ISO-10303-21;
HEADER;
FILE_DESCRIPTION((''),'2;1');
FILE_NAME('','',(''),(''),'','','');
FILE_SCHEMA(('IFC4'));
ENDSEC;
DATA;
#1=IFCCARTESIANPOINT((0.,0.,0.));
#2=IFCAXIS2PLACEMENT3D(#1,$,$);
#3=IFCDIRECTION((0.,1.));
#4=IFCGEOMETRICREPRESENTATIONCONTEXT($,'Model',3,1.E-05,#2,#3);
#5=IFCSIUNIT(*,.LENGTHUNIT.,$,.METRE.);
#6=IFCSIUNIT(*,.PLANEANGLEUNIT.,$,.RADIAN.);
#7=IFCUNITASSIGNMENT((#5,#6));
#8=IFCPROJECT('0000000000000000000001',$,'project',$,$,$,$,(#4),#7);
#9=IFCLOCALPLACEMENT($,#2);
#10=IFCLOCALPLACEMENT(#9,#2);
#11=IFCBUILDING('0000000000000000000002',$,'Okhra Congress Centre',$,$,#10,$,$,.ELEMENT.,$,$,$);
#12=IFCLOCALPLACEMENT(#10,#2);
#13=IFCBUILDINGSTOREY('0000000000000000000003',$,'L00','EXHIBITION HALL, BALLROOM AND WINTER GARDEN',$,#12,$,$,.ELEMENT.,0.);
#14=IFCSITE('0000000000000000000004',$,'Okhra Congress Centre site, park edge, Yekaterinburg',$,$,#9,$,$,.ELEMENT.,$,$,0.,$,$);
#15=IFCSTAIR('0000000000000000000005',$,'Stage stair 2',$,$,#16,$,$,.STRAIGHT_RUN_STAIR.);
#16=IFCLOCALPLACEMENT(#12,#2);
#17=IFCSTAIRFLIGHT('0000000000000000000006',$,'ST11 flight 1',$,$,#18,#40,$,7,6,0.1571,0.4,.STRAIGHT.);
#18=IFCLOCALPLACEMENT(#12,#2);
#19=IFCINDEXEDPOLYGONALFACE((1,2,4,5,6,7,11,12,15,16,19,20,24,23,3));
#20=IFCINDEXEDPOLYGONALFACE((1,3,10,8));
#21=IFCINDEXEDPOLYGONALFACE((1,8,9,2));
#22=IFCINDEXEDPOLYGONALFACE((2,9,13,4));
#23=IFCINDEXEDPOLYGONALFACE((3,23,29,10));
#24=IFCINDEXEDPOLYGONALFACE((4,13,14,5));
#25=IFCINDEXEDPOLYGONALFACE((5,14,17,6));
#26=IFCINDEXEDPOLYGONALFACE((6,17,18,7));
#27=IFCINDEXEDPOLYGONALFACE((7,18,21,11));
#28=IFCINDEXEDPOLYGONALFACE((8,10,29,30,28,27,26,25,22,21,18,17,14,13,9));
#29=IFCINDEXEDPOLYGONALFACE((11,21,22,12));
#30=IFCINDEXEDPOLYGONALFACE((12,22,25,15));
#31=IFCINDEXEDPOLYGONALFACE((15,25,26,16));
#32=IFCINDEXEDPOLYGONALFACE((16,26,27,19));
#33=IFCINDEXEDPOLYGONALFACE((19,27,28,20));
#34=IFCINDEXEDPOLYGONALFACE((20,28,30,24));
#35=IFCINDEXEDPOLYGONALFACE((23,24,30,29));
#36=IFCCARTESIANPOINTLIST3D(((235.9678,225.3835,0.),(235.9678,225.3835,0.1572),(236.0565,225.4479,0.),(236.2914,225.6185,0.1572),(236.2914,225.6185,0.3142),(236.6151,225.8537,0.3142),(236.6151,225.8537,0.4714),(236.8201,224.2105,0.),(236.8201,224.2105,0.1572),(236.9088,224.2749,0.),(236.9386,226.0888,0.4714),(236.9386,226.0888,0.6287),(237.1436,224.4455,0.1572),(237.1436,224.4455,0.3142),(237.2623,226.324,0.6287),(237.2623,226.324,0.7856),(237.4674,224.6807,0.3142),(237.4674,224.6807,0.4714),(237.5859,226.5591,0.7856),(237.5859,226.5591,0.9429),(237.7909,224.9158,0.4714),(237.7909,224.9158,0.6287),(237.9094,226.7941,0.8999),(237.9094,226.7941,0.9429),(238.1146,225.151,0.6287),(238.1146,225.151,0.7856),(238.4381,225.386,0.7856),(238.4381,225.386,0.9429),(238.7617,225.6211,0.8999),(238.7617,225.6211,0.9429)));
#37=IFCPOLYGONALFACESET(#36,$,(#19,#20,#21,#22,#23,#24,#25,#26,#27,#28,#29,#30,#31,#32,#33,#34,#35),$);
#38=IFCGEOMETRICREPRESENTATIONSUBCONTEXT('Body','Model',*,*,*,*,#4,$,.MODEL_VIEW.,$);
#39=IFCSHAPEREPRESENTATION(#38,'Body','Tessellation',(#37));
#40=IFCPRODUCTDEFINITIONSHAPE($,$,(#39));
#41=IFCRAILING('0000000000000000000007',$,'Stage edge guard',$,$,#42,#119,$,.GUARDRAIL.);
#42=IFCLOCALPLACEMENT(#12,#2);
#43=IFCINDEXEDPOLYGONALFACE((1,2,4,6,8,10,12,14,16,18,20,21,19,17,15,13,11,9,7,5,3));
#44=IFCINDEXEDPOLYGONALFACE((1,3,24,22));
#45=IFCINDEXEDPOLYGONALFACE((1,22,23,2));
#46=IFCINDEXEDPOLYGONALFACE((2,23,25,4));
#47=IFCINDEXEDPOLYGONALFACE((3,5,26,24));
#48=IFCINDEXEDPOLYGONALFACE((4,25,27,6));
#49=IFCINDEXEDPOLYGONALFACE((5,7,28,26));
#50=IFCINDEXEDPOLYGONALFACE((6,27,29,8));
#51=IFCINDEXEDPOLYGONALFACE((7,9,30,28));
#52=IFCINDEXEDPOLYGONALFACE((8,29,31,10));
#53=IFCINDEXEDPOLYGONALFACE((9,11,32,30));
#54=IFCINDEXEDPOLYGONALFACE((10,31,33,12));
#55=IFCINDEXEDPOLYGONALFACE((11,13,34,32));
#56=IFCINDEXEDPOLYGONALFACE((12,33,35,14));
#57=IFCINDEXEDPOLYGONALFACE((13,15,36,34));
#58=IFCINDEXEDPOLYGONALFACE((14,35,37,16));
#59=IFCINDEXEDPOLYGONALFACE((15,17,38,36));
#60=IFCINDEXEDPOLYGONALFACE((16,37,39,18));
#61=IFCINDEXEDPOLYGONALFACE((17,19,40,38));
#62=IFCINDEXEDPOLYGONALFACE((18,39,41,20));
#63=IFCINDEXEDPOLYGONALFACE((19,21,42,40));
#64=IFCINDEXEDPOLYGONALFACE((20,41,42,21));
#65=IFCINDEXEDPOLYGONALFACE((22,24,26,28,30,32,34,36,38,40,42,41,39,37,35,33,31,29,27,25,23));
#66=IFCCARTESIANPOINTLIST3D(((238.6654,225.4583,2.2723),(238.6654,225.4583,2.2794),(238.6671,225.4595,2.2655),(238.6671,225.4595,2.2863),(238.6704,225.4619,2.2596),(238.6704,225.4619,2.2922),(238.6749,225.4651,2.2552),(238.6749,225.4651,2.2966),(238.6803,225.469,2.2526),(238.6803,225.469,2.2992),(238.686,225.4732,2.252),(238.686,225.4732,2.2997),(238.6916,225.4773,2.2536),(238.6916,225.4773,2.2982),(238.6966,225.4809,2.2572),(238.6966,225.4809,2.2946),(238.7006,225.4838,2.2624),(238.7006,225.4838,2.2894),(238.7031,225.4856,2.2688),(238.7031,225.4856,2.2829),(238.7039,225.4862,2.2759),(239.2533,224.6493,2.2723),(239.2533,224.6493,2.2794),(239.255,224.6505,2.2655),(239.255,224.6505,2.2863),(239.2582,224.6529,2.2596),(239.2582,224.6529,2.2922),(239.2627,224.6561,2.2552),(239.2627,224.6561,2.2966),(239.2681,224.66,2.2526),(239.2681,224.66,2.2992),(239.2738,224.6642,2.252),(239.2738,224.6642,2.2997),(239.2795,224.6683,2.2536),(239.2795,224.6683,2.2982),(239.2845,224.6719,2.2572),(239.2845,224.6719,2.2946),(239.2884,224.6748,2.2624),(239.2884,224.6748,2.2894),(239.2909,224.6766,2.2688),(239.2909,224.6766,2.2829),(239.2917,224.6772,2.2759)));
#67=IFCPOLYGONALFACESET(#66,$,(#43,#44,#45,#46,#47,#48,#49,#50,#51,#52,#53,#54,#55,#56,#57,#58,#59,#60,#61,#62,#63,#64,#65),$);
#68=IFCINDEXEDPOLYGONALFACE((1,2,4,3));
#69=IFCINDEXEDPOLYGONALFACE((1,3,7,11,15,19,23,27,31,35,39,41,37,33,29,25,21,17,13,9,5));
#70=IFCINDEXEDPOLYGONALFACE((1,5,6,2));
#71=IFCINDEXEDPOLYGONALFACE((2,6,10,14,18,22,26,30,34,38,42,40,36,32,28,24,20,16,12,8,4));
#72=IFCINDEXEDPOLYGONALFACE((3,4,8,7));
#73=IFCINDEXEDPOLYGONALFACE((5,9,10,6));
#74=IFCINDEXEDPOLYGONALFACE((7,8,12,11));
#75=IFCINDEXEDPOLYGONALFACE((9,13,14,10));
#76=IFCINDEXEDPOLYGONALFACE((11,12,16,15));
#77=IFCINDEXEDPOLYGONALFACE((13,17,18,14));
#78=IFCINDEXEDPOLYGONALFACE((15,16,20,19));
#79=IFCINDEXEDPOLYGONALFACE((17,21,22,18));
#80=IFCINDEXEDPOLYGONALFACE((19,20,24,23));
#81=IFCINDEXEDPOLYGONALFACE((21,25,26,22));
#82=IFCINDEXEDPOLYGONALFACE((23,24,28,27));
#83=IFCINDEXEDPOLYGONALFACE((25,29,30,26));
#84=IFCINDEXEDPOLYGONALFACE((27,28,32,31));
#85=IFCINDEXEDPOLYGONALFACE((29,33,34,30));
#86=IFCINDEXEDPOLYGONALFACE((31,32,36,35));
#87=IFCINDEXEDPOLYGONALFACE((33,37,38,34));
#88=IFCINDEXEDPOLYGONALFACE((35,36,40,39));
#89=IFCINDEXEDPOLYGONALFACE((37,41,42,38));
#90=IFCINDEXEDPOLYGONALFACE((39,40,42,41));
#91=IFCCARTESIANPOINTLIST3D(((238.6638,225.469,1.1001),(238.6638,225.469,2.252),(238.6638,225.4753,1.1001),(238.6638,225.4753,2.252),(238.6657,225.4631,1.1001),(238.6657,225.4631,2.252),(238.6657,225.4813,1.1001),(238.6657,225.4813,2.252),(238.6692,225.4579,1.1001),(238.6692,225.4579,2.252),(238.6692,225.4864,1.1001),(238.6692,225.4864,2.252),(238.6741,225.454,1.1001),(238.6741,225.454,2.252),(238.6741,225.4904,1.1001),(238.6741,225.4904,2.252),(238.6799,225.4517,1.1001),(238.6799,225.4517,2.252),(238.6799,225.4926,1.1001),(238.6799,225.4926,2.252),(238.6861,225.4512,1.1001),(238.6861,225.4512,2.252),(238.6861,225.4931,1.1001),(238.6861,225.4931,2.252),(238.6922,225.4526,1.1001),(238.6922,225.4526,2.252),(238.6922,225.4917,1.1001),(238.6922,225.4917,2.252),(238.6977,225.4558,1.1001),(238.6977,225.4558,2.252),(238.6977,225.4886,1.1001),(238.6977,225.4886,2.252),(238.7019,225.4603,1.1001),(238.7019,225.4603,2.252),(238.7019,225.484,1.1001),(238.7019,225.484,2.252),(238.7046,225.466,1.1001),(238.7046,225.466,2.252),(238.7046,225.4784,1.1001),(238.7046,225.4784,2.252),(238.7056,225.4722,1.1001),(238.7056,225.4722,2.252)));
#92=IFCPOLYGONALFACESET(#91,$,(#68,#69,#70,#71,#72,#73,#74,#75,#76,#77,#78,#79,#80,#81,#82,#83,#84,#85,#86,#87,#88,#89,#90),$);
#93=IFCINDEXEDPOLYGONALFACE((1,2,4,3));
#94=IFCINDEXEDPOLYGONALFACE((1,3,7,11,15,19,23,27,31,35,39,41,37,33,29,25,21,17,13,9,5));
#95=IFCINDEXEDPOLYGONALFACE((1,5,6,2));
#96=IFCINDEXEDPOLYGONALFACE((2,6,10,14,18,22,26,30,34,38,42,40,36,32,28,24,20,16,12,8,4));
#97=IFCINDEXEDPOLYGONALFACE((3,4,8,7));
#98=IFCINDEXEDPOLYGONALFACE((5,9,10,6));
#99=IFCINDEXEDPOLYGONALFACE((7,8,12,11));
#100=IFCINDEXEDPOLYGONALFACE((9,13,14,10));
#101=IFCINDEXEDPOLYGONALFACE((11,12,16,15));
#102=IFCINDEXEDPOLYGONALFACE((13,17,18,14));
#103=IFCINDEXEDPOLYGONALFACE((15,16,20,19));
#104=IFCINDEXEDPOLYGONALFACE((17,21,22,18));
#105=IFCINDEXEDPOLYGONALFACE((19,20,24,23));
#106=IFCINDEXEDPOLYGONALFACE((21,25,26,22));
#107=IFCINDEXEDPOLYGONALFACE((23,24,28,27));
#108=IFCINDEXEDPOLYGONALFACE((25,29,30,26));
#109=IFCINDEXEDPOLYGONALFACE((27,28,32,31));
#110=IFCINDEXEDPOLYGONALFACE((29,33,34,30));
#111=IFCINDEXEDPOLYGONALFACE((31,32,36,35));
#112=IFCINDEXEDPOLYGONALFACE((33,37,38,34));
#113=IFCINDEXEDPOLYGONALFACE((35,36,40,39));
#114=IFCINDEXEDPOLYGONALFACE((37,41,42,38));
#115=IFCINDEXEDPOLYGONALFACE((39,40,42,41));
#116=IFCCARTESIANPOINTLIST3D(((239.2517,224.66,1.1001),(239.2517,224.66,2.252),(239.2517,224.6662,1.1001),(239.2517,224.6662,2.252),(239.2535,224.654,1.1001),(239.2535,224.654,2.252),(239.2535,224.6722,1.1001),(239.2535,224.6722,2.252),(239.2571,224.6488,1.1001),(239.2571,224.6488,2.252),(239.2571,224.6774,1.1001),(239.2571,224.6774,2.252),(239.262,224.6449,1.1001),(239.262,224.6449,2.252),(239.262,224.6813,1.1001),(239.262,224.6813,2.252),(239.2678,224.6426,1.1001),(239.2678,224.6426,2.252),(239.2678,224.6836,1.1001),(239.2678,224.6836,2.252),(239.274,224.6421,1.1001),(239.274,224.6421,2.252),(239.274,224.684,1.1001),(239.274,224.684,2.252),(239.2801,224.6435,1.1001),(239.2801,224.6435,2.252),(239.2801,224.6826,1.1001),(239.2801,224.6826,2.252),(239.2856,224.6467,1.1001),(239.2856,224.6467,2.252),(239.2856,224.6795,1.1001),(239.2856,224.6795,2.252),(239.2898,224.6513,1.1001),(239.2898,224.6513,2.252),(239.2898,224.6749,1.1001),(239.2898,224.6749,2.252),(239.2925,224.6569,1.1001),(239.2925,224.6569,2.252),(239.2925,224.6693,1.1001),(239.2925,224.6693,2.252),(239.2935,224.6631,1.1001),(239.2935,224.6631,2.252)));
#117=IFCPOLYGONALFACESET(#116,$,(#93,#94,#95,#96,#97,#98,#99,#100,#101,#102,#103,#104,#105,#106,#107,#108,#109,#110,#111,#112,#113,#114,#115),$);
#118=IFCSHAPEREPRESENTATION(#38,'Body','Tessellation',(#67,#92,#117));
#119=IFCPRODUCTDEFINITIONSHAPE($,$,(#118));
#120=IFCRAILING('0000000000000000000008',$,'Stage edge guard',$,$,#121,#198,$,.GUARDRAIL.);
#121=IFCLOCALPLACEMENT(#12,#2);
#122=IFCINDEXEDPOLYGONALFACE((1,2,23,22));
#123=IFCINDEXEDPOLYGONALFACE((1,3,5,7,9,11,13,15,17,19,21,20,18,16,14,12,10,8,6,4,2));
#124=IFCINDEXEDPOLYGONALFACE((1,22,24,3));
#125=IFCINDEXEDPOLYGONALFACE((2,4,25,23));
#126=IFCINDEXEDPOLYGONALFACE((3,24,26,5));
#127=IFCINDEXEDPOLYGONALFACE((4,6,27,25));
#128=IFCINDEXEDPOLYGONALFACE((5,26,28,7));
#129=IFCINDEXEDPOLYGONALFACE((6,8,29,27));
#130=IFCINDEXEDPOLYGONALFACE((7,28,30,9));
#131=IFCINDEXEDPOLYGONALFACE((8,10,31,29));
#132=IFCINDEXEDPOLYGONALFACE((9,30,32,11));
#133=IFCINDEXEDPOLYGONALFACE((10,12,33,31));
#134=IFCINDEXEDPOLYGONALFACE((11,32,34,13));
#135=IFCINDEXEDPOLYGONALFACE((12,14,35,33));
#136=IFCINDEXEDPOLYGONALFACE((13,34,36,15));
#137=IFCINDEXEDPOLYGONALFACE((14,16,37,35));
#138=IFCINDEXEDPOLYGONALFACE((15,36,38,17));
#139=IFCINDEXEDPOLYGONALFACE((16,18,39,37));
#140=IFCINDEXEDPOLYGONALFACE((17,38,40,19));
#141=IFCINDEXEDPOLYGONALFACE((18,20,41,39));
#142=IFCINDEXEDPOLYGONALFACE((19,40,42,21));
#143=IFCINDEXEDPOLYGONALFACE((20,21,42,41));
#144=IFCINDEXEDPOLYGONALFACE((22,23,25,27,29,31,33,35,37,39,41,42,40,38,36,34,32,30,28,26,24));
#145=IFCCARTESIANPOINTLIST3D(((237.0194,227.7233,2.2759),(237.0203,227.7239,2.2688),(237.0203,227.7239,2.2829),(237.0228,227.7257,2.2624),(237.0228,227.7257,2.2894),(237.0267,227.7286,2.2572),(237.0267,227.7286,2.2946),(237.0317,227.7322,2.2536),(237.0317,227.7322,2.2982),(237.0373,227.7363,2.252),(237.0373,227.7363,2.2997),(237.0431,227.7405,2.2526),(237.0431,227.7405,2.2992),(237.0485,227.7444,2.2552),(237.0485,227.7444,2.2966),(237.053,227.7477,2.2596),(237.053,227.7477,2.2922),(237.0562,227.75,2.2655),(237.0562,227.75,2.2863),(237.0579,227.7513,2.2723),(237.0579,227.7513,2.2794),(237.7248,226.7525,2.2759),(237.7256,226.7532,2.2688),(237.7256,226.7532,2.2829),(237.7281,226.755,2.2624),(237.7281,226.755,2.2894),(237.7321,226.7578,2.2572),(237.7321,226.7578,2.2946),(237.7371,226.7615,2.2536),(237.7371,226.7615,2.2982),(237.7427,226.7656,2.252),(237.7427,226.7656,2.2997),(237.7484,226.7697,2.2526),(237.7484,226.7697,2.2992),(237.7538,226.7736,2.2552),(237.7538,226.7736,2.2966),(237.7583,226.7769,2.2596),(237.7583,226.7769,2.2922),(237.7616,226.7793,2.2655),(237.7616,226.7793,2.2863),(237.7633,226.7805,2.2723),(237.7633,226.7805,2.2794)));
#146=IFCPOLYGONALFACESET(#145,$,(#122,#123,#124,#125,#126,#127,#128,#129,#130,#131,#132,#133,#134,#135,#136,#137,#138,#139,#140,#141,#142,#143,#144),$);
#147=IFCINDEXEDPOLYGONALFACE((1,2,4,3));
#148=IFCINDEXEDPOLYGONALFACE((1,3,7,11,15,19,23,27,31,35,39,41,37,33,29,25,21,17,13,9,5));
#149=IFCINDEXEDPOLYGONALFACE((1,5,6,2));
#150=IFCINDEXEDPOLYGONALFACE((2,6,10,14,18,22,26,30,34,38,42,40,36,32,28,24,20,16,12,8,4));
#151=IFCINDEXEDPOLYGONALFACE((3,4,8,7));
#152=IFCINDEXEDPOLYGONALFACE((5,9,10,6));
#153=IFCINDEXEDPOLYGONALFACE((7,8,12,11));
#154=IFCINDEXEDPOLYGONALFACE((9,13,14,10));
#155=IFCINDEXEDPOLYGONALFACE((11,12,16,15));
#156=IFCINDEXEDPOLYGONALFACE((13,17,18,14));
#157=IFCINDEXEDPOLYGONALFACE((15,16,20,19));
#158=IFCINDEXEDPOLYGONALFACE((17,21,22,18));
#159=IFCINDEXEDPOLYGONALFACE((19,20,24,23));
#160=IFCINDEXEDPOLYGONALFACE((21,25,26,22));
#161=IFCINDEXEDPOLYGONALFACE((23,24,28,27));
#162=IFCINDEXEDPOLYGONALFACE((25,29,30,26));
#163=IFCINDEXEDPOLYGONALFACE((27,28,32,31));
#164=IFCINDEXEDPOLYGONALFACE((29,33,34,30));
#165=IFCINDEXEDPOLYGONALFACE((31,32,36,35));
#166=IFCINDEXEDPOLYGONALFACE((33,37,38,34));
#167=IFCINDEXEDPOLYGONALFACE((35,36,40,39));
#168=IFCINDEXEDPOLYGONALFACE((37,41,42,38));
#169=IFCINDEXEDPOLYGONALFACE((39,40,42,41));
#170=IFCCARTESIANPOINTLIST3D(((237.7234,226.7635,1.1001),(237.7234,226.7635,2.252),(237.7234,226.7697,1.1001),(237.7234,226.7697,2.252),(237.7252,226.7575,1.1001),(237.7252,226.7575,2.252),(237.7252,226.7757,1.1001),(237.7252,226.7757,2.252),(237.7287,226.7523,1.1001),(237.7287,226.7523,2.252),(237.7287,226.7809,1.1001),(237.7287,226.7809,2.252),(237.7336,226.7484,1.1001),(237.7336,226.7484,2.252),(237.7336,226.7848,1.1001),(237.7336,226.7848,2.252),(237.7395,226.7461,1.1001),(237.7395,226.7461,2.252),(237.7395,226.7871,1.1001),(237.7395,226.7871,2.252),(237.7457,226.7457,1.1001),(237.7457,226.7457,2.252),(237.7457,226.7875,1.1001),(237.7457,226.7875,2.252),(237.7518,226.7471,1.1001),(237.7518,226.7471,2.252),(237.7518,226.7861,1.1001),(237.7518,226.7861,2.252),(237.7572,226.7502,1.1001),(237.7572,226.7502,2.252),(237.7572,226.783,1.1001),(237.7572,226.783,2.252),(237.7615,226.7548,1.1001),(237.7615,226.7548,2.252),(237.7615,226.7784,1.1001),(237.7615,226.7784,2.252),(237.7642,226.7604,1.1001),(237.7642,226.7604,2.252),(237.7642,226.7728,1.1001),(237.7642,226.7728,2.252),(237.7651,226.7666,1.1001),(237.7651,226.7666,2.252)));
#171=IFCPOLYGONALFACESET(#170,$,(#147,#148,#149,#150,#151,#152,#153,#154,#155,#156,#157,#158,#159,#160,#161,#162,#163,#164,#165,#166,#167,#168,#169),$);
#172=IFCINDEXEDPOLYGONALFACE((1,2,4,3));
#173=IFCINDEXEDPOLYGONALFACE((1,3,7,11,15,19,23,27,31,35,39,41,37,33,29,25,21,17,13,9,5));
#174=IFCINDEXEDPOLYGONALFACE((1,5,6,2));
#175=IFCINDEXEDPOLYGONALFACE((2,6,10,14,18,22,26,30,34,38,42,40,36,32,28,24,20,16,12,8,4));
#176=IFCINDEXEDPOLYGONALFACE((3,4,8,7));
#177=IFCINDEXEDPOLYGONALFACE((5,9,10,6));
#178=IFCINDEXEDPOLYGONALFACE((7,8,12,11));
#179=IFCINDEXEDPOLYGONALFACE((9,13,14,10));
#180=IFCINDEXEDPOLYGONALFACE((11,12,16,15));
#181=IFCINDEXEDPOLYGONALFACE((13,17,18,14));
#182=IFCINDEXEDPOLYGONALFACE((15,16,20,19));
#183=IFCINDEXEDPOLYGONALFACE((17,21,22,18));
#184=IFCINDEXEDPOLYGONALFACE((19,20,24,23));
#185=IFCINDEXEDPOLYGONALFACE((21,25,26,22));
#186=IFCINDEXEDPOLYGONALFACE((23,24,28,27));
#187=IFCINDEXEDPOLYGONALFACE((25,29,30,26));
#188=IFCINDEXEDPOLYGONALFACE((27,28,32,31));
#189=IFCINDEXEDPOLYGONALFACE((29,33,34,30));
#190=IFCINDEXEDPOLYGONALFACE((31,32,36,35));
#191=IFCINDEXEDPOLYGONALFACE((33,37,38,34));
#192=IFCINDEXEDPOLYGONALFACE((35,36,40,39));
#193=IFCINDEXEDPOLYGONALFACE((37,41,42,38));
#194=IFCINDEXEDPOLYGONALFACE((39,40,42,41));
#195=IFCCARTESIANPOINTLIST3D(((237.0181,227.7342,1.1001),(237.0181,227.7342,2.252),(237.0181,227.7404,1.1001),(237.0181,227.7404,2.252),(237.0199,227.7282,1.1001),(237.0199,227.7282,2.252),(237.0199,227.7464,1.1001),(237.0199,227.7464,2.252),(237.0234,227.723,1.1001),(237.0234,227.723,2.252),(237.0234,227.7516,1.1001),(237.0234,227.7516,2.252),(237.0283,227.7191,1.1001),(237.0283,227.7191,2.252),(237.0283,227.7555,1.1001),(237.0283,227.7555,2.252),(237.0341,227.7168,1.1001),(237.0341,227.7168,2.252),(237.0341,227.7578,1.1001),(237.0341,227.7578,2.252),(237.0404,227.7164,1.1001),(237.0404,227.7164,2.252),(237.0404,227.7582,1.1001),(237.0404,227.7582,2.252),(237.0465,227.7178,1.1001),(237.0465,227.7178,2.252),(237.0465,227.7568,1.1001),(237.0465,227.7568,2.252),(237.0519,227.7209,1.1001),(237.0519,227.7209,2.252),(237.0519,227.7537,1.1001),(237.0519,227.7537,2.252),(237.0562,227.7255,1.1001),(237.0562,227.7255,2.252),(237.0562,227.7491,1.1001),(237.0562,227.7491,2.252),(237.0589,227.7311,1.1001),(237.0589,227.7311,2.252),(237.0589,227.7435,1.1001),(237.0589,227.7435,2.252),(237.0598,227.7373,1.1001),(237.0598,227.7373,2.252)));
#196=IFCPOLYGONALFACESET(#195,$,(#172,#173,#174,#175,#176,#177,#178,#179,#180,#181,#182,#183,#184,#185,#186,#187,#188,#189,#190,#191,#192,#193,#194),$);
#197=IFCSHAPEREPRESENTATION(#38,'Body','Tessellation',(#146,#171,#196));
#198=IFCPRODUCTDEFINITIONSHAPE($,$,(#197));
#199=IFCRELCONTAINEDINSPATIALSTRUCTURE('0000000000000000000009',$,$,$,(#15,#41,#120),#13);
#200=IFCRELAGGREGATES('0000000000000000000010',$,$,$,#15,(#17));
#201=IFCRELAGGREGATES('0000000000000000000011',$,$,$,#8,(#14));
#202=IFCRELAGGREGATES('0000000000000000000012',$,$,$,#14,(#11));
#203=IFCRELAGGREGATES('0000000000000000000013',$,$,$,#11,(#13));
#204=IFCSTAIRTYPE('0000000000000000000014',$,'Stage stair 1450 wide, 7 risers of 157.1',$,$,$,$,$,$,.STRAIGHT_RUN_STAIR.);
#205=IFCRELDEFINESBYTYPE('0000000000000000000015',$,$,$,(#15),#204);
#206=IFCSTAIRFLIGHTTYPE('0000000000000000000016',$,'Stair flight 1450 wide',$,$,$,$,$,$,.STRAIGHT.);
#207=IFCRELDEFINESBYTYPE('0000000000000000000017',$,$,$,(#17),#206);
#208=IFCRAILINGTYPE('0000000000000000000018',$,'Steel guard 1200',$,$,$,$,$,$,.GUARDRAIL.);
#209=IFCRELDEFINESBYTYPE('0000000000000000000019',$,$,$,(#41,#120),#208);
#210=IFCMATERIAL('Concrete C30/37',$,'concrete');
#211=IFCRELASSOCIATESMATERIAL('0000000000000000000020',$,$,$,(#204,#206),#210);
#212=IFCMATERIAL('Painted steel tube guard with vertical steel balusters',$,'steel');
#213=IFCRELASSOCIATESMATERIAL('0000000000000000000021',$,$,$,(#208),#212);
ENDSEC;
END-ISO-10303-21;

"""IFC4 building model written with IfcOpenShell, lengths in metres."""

from ifc_helpers import new_model, si_unit, direction, frame, origin, origin_2d, place, context, subcontext, project, spatial, polyline, circle, outline, extrude, material, type_object, element, aggregate, save


model = new_model("IFC4")

# Units and contexts
model_context = context("Model", 3, precision=1e-05, world=origin(), true_north=direction((0.0, 1.0)))
body_context = subcontext(model_context, "Body", "Model", "MODEL_VIEW")
ifc_project = project(units=[si_unit("LENGTHUNIT", "METRE"), si_unit("PLANEANGLEUNIT", "RADIAN")], contexts=[model_context])

# Site, building, storey
site_placement = place(None, origin())
site = spatial("IfcSite", under=ifc_project, at=site_placement, Name="Okhra Congress Centre site, park edge, Yekaterinburg", CompositionType="ELEMENT", RefElevation=0.0)
building_placement = place(site_placement, origin())
building = spatial("IfcBuilding", under=site, at=building_placement, Name="Okhra Congress Centre", CompositionType="ELEMENT")
storey_placement = place(building_placement, origin())
storey = spatial("IfcBuildingStorey", under=building, at=storey_placement, Name="L00", Description="EXHIBITION HALL, BALLROOM AND WINTER GARDEN", CompositionType="ELEMENT", Elevation=0.0)

# Shared definitions
ifc_material_1 = material(Name="Concrete C30/37", Category="concrete")

# Stair, stair flight
stair_type = type_object("IfcStairType", Name="Stage stair 1450 wide, 7 risers of 157.1", PredefinedType="STRAIGHT_RUN_STAIR", material=ifc_material_1)
stair_placement = place(storey_placement, origin())
stair = element("IfcStair", 1, at=stair_placement, inside=storey, type_object=stair_type, Name="Stage stair 2", PredefinedType="STRAIGHT_RUN_STAIR")
stair_flight_type = type_object("IfcStairFlightType", Name="Stair flight 1450 wide", PredefinedType="STRAIGHT", material=ifc_material_1)
stair_flight_placement = place(storey_placement, frame((236.394, 224.7969, 0.0), z_axis=(0.0, 0.0, 1.0), x_axis=(0.809017, 0.587785, 0.0)))
stair_flight = element("IfcStairFlight", 2, at=stair_flight_placement, type_object=stair_flight_type, Name="ST11 flight 1", NumberOfRisers=7, NumberOfTreads=6, PredefinedType="STRAIGHT", RiserHeight=0.1571, TreadLength=0.4, context=body_context, shape_type="SweptSolid", body=[
    extrude(outline(polyline([(0.0, 0.0), (0.0, 0.1572), (0.3999, 0.1572), (0.3999, 0.3142), (0.8, 0.3142), (0.8, 0.4714), (1.2, 0.4714), (1.2, 0.6287), (1.6001, 0.6287), (1.6001, 0.7856), (2.0, 0.7856), (2.0, 0.9429), (2.3999, 0.9429), (2.3999, 1.1001), (2.3999, 0.8999), (0.1096, 0.0), (0.0, 0.0)])), frame((0.0, 0.7251, 0.0), z_axis=(0.0, -1.0, 0.0), x_axis=(1.0, 0.0, 0.0)), (0.0, 0.0, 1.0), 1.45),
])
aggregate(stair, [stair_flight])

# Railings
ifc_material_2 = material(Name="Painted steel tube guard with vertical steel balusters", Category="steel")
railing_type = type_object("IfcRailingType", Name="Steel guard 1200", PredefinedType="GUARDRAIL", material=ifc_material_2)
railing_1_placement = place(storey_placement, frame((238.6846, 225.4722, 1.1001)))
element("IfcRailing", 3, at=railing_1_placement, inside=storey, type_object=railing_type, Name="Stage edge guard", PredefinedType="GUARDRAIL", context=body_context, shape_type="SweptSolid", body=[
    extrude(circle(Radius=0.0239, at=origin_2d()), frame((0.0, 0.0, 1.1758), z_axis=(0.587823, -0.808989, 0.0), x_axis=(0.808989, 0.587823, 0.0)), (0.0, 0.0, 1.0), 1.0),
    extrude(circle(Radius=0.021, at=origin_2d()), origin(), (0.0, 0.0, 1.0), 1.1519),
    extrude(circle(Radius=0.021, at=origin_2d()), frame((0.5879, -0.8091, 0.0)), (0.0, 0.0, 1.0), 1.1519),
])
railing_2_placement = place(storey_placement, frame((237.7441, 226.7666, 1.1001)))
element("IfcRailing", 4, at=railing_2_placement, inside=storey, type_object=railing_type, Name="Stage edge guard", PredefinedType="GUARDRAIL", context=body_context, shape_type="SweptSolid", body=[
    extrude(circle(Radius=0.0239, at=origin_2d()), frame((0.0, 0.0, 1.1758), z_axis=(-0.587821, 0.808991, 0.0), x_axis=(-0.808991, -0.587821, 0.0)), (0.0, 0.0, 1.0), 1.2),
    extrude(circle(Radius=0.021, at=origin_2d()), origin(), (0.0, 0.0, 1.0), 1.1519),
    extrude(circle(Radius=0.021, at=origin_2d()), frame((-0.7053, 0.9707, 0.0)), (0.0, 0.0, 1.0), 1.1519),
])

save(model, "model.ifc")
